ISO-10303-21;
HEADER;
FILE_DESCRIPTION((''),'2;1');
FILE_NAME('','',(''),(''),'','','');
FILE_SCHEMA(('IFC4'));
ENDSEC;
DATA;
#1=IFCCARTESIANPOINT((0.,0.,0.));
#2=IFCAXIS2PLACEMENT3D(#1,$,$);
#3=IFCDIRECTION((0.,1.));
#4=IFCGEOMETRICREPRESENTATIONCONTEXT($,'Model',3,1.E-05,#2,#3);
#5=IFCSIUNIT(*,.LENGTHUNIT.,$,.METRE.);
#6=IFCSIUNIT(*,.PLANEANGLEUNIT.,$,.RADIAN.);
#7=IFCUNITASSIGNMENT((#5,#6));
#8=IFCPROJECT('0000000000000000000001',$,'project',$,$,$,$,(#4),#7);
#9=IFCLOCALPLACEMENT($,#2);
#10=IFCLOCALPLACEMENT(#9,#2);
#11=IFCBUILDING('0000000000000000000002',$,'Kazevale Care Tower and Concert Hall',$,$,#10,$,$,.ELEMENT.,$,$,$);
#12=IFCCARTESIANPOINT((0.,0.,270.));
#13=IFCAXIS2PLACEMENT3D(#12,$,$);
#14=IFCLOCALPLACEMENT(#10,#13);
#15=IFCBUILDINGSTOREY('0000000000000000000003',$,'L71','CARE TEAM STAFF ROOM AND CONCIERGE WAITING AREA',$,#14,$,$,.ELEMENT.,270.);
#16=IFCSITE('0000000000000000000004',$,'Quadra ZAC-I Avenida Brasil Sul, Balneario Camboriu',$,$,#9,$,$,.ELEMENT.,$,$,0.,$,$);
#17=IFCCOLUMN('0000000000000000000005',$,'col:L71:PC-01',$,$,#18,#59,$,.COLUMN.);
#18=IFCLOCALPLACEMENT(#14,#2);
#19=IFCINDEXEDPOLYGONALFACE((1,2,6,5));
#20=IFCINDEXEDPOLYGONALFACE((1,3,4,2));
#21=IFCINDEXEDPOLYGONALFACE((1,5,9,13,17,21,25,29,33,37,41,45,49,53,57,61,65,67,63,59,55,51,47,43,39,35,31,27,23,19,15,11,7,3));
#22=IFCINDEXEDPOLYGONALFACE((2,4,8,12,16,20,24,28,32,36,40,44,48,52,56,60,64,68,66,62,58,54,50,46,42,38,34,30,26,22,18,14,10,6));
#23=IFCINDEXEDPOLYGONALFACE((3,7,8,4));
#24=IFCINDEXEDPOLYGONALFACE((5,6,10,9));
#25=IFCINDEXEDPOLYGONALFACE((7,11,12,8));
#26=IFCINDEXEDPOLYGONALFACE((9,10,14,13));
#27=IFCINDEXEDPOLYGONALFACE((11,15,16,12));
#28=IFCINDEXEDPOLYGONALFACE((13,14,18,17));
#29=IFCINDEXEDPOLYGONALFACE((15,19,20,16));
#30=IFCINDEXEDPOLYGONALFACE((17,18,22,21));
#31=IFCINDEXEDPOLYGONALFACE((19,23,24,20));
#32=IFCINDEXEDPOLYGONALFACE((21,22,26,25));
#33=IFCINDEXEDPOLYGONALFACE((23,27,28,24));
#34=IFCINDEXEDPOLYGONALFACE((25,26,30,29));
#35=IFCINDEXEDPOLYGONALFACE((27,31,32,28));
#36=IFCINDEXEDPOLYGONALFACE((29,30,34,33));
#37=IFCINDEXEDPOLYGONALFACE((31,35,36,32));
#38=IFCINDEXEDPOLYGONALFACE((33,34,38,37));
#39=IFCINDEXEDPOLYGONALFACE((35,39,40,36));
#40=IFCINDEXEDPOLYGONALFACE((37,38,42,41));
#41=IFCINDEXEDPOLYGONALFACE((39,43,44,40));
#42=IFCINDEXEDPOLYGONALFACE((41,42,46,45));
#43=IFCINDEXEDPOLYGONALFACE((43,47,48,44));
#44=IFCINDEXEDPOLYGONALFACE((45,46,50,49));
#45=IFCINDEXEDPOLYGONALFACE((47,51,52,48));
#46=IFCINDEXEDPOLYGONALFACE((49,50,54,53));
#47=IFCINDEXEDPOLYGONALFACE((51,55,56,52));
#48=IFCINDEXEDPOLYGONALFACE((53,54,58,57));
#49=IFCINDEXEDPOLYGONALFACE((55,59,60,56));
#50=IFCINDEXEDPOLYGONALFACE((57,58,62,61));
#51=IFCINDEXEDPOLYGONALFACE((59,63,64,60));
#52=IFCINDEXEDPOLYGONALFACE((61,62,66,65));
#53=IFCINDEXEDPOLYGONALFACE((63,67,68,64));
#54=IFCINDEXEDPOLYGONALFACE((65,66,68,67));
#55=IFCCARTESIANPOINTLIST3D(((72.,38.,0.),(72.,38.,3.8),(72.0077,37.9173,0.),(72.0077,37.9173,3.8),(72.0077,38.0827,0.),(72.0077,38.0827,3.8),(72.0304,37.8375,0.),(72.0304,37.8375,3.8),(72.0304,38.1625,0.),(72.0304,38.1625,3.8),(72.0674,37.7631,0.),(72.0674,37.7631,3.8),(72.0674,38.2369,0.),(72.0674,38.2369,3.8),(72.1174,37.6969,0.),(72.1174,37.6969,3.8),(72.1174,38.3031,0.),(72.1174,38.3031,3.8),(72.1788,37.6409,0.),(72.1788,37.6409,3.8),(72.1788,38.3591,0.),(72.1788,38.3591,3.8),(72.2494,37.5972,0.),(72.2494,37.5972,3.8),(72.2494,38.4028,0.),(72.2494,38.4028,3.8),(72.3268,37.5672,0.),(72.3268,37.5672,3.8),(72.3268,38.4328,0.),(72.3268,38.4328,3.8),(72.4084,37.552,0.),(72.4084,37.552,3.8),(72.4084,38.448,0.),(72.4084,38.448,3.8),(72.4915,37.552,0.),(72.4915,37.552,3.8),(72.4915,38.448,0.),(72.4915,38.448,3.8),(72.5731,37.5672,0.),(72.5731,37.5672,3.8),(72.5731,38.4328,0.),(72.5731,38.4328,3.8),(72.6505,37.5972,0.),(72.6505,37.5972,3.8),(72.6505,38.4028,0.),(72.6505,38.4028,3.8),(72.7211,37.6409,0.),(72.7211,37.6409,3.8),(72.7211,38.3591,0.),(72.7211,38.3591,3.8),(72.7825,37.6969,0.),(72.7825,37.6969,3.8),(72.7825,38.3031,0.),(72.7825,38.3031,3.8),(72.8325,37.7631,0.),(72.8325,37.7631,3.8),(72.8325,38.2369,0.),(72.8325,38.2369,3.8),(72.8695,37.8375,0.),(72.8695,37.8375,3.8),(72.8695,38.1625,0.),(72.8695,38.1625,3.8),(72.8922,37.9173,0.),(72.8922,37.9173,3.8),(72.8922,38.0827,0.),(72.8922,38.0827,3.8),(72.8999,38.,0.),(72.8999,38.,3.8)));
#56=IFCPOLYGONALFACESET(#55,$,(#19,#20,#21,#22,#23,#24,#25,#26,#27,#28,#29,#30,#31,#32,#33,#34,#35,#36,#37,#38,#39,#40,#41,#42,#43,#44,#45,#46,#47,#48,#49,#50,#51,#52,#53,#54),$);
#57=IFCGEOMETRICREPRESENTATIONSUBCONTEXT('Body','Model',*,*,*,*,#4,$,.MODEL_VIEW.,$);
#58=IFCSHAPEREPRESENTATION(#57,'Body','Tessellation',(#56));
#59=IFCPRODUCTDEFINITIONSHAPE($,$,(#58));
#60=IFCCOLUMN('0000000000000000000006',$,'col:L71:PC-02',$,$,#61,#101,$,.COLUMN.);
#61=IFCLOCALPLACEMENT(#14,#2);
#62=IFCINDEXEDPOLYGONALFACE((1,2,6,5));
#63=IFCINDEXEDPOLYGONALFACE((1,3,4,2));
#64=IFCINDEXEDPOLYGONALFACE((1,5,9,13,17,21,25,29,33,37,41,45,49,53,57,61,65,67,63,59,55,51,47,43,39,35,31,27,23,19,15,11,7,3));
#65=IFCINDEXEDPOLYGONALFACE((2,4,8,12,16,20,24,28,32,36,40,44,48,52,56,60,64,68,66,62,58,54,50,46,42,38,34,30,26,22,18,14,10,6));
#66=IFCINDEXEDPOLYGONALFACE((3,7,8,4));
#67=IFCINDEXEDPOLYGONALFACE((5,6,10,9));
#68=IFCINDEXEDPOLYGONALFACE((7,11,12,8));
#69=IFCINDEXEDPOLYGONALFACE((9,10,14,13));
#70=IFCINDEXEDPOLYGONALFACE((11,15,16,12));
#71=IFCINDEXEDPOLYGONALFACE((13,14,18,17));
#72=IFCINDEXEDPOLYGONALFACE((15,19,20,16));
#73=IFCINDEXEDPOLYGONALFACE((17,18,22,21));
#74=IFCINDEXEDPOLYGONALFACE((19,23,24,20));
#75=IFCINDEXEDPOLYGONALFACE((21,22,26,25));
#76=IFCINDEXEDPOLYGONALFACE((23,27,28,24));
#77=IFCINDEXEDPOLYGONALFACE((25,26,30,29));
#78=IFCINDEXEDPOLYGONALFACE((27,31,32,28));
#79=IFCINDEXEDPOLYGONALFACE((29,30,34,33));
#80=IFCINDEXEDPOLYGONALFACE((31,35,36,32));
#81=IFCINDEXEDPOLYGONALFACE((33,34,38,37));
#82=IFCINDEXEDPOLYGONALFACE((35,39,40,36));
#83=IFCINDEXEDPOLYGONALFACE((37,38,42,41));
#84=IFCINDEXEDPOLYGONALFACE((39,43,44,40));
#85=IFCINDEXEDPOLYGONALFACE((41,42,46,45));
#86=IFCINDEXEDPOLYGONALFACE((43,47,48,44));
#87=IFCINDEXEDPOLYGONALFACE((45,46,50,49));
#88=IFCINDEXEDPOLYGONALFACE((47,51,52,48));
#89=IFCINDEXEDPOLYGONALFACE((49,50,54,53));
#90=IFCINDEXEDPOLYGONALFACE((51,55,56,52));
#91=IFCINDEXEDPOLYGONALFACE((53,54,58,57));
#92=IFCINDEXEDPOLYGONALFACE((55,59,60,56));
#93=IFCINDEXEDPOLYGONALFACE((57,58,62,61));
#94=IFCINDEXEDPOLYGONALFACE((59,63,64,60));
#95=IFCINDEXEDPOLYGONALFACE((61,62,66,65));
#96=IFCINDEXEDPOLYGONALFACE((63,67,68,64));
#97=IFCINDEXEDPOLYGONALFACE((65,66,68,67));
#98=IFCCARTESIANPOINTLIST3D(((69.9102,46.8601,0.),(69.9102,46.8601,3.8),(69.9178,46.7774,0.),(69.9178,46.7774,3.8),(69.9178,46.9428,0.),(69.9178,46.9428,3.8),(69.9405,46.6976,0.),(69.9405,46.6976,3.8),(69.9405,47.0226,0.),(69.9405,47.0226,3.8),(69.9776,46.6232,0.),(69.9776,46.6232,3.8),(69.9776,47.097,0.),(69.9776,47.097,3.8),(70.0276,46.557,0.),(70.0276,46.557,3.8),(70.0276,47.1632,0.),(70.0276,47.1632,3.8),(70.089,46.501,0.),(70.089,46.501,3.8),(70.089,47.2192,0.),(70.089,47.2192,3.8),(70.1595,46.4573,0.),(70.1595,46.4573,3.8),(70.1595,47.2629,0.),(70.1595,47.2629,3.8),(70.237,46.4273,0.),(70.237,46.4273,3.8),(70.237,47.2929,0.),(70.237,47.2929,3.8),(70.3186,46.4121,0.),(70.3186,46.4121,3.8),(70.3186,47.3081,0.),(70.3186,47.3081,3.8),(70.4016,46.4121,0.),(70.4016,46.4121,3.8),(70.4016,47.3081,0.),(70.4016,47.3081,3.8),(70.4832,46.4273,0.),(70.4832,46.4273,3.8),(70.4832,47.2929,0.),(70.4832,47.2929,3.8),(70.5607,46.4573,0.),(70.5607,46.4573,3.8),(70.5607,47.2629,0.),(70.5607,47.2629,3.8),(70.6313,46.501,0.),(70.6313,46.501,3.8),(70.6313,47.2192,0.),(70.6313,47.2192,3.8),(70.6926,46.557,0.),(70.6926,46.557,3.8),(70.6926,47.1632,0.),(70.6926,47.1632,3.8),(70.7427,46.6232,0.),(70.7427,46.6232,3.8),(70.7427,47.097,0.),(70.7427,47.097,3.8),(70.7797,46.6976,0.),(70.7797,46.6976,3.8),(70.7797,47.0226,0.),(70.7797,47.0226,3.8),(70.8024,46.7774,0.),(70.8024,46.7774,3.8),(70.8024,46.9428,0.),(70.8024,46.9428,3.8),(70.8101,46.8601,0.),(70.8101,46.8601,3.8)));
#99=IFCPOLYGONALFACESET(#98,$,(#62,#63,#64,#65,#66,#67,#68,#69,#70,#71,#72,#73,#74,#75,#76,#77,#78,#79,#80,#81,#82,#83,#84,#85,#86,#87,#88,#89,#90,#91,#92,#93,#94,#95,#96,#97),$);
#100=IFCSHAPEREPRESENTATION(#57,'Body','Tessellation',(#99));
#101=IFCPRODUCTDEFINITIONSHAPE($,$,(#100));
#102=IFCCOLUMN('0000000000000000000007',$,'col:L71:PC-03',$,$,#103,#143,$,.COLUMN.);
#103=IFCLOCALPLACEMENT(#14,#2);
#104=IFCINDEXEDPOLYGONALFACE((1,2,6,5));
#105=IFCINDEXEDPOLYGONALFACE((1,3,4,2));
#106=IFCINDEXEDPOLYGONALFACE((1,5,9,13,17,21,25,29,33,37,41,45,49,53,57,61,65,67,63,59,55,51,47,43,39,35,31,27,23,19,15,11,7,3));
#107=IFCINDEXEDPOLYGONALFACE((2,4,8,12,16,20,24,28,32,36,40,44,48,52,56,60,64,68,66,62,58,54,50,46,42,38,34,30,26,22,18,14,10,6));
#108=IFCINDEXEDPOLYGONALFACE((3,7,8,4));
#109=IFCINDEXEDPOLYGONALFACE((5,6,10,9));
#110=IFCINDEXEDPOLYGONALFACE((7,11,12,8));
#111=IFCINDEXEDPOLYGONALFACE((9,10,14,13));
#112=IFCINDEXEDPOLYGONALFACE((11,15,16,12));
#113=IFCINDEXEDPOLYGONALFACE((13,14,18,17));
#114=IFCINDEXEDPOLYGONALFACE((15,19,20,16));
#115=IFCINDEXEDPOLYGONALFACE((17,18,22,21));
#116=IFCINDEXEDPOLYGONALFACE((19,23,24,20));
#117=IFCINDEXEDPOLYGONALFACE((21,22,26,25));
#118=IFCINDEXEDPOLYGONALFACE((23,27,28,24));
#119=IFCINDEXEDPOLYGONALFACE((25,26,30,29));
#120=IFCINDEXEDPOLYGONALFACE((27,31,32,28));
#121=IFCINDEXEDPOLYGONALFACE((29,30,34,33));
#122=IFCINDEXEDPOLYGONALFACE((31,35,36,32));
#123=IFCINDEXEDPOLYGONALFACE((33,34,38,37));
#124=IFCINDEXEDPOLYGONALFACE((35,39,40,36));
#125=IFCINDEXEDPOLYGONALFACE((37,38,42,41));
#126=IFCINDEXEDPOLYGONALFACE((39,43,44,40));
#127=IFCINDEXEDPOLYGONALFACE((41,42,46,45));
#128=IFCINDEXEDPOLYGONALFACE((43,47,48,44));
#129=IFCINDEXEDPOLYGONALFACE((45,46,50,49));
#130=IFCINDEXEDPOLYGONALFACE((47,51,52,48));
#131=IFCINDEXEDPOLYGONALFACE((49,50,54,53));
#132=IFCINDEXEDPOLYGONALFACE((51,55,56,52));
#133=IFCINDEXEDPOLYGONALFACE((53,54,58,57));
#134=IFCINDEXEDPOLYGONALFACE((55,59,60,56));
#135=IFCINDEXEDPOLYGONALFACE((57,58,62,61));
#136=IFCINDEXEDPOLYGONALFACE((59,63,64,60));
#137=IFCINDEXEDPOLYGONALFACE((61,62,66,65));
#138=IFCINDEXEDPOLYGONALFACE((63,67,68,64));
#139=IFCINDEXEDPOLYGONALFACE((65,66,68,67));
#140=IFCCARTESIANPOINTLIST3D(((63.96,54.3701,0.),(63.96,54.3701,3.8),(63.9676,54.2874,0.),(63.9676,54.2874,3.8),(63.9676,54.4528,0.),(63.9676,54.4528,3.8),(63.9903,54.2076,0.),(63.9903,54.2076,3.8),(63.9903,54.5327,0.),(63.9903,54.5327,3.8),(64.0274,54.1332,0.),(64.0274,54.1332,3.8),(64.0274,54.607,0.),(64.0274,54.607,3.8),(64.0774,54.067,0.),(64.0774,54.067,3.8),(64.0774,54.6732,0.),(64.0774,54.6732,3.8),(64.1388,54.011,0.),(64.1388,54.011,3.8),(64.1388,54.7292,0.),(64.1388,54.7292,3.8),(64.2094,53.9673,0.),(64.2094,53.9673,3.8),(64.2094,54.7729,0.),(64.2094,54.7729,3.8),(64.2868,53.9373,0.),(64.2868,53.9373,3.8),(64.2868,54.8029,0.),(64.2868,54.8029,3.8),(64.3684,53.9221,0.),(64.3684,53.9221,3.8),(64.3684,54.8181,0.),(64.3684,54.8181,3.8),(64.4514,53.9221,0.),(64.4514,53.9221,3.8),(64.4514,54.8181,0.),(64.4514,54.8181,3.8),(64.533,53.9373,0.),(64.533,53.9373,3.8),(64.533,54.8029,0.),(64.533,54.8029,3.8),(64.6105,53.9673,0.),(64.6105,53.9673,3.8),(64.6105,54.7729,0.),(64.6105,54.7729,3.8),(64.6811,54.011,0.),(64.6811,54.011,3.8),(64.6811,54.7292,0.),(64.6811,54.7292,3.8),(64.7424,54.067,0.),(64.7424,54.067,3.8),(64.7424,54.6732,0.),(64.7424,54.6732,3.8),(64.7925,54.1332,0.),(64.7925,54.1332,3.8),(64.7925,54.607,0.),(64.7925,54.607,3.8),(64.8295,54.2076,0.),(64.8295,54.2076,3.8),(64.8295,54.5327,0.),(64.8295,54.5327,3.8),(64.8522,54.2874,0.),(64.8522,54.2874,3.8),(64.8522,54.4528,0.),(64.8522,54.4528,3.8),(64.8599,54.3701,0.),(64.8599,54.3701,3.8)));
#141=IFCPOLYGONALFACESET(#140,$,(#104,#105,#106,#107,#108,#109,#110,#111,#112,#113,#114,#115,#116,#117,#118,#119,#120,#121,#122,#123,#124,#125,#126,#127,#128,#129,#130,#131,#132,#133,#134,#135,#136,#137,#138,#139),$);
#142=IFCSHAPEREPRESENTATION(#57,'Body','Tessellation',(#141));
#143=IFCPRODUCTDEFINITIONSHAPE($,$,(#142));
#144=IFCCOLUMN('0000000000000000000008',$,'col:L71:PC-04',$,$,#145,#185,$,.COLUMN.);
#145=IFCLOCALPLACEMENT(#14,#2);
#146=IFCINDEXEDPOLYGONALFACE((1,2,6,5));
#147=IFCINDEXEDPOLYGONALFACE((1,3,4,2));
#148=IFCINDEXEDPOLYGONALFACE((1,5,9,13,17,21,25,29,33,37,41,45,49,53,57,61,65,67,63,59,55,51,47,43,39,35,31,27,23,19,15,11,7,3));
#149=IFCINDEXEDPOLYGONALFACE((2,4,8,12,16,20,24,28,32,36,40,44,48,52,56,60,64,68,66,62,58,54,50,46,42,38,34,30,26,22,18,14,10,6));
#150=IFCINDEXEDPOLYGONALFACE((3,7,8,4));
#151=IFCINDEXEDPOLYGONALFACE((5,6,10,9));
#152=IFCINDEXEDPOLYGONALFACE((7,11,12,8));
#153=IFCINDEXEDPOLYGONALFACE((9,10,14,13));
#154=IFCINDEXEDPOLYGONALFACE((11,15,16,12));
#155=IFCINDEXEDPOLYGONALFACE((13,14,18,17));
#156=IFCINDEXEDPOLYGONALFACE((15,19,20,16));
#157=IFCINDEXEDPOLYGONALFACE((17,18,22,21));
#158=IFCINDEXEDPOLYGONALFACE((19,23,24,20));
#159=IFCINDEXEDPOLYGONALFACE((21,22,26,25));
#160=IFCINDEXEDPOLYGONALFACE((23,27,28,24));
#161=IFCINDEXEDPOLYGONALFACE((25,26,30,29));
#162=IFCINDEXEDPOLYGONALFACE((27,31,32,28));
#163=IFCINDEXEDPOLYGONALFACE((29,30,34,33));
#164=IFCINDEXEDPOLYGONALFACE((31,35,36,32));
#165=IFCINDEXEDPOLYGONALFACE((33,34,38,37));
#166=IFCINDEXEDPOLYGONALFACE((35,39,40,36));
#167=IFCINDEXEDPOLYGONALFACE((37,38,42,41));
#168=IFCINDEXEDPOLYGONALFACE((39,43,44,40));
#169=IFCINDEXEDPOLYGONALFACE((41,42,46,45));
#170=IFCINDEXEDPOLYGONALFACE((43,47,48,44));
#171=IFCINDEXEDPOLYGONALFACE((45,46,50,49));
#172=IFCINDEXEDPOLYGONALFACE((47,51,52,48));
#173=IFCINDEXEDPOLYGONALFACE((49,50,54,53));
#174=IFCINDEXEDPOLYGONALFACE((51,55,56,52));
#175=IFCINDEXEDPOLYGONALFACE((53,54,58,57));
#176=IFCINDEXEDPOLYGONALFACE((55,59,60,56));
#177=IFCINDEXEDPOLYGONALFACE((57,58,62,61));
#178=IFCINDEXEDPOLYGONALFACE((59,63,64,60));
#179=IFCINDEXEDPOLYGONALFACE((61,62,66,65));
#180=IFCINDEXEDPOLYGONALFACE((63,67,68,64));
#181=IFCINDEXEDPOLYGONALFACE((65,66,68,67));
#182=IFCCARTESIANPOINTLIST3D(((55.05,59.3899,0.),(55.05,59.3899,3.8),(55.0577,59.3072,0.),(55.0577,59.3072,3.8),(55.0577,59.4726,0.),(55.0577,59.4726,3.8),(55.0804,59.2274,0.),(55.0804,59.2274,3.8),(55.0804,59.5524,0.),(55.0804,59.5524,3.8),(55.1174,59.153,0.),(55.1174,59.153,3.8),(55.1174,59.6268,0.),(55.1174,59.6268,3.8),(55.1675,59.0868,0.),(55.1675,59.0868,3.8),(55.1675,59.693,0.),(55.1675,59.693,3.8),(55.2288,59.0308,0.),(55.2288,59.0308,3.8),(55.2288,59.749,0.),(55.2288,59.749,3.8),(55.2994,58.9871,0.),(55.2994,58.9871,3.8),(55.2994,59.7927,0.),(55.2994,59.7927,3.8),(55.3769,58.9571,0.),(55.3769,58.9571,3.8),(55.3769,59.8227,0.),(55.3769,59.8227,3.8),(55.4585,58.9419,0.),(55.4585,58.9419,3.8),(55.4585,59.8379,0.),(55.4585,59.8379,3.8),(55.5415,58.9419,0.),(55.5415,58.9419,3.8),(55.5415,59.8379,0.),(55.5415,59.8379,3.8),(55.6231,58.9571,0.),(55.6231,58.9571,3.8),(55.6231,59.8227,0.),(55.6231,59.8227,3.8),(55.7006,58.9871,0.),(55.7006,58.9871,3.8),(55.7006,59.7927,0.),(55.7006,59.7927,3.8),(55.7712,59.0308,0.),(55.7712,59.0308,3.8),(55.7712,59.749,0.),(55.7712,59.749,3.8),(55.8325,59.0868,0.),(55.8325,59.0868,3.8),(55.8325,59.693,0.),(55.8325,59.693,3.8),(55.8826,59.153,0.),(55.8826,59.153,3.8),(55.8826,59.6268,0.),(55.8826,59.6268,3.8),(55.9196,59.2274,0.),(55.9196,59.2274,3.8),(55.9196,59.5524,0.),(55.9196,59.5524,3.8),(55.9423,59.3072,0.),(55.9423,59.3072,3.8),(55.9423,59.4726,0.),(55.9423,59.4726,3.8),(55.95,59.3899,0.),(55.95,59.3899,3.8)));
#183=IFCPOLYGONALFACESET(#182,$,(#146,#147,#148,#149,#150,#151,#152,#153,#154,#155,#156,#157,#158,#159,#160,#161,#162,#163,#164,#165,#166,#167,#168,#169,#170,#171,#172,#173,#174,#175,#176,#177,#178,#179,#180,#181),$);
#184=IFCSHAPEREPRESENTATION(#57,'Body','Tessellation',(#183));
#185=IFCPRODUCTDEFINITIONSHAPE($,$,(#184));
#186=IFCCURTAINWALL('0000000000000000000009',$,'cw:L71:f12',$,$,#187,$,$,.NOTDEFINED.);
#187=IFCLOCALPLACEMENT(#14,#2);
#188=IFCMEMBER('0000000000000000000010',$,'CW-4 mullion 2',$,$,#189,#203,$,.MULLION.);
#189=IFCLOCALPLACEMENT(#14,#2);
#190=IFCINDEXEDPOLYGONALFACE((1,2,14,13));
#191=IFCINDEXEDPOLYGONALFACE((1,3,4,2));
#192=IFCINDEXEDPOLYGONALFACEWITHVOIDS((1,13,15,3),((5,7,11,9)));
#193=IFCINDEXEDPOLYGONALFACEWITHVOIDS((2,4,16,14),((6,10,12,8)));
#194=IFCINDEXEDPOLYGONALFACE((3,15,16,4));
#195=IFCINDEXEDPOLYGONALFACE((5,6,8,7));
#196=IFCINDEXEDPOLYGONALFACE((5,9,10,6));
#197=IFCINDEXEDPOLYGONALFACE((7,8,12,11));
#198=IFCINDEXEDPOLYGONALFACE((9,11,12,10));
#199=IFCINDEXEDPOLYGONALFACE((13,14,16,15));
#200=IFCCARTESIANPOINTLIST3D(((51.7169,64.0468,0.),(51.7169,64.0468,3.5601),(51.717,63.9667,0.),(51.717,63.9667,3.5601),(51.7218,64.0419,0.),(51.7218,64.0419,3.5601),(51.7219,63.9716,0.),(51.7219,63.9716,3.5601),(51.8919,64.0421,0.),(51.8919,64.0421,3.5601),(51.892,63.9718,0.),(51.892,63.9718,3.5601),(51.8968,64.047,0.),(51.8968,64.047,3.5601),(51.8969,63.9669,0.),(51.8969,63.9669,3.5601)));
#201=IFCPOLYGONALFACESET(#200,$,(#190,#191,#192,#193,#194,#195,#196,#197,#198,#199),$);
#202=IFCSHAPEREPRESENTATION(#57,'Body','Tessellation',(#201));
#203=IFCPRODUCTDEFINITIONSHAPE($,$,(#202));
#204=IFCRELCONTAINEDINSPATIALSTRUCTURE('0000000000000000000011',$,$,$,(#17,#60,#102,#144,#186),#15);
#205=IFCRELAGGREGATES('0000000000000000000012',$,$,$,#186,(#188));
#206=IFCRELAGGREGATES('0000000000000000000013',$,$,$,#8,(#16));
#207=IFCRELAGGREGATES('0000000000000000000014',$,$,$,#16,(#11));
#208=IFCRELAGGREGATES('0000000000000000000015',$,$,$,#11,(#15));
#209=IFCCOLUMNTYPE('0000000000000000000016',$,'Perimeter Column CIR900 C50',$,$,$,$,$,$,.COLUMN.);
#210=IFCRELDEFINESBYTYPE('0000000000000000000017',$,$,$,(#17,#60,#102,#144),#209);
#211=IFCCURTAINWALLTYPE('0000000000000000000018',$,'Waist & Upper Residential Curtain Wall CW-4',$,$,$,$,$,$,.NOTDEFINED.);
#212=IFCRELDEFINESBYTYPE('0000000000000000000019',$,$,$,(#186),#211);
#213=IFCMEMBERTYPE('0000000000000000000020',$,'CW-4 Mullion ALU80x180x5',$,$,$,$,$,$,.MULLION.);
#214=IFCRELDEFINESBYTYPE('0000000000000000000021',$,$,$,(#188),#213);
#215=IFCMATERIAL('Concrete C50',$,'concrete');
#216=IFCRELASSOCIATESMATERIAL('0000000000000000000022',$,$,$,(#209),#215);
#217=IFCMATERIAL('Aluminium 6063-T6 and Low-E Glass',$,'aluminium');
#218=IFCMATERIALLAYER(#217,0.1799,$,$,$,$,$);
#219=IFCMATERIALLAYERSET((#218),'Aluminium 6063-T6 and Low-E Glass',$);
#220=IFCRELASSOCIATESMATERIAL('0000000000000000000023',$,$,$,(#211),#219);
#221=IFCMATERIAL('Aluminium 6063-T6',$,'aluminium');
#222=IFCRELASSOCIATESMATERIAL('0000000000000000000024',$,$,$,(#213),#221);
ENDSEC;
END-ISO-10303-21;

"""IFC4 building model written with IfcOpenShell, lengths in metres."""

from ifc_helpers import new_model, si_unit, direction, frame, origin, origin_2d, place, context, subcontext, project, spatial, hollow_rectangle, circle, extrude, material, layer, layer_set, material_profile, profile_set, type_object, element, aggregate, save


model = new_model("IFC4")

# Units and contexts
model_context = context("Model", 3, precision=1e-05, world=origin(), true_north=direction((0.0, 1.0)))
body_context = subcontext(model_context, "Body", "Model", "MODEL_VIEW")
ifc_project = project(units=[si_unit("LENGTHUNIT", "METRE"), si_unit("PLANEANGLEUNIT", "RADIAN")], contexts=[model_context])

# Site, building, storey
site_placement = place(None, origin())
site = spatial("IfcSite", under=ifc_project, at=site_placement, Name="Quadra ZAC-I Avenida Brasil Sul, Balneario Camboriu", CompositionType="ELEMENT", RefElevation=0.0)
building_placement = place(site_placement, origin())
building = spatial("IfcBuilding", under=site, at=building_placement, Name="Kazevale Care Tower and Concert Hall", CompositionType="ELEMENT")
storey_placement = place(building_placement, frame((0.0, 0.0, 270.0)))
storey = spatial("IfcBuildingStorey", under=building, at=storey_placement, Name="L71", Description="CARE TEAM STAFF ROOM AND CONCIERGE WAITING AREA", CompositionType="ELEMENT", Elevation=270.0)

# Columns
ifc_material_1 = material(Name="Concrete C50", Category="concrete")
ifc_material_profile_1 = material_profile(ifc_material_1, circle(Radius=0.45, at=origin_2d()), Name="RC-CIR900")
ifc_profile_set_1 = profile_set([ifc_material_profile_1], Name="Concrete C50")
column_type = type_object("IfcColumnType", Name="Perimeter Column CIR900 C50", PredefinedType="COLUMN", material=ifc_profile_set_1)
for number, where, z_axis, x_axis, name in (
    (1, (72.45, 38.0, 0.0), (0.0, 0.0, 1.0), (1.0, 0.0, 0.0), "col:L71:PC-01"),
    (2, (70.3601, 46.8601, 0.0), (0.0, 0.0, 1.0), (1.0, 0.0, 0.0), "col:L71:PC-02"),
    (3, (64.4099, 54.3701, 0.0), (0.0, 0.0, 1.0), (1.0, 0.0, 0.0), "col:L71:PC-03"),
    (4, (55.5, 59.3899, 0.0), (0.0, 0.0, 1.0), (1.0, 0.0, 0.0), "col:L71:PC-04"),
):
    element("IfcColumn", number, at=place(storey_placement, frame(where, z_axis=z_axis, x_axis=x_axis)), inside=storey, type_object=column_type, Name=name, PredefinedType="COLUMN", context=body_context, shape_type="SweptSolid", body=[
        extrude(circle(Radius=0.45, at=origin_2d()), origin(), (0.0, 0.0, 1.0), 3.8),
    ])

# Curtain wall, member
ifc_material_2 = material(Name="Aluminium 6063-T6 and Low-E Glass", Category="aluminium")
ifc_layer_1 = layer(ifc_material_2, 0.1799)
ifc_layer_set_1 = layer_set([ifc_layer_1], Name="Aluminium 6063-T6 and Low-E Glass")
curtain_wall_type = type_object("IfcCurtainWallType", Name="Waist & Upper Residential Curtain Wall CW-4", PredefinedType="NOTDEFINED", material=ifc_layer_set_1)
curtain_wall_1_placement = place(storey_placement, origin())
curtain_wall_1 = element("IfcCurtainWall", 5, at=curtain_wall_1_placement, inside=storey, type_object=curtain_wall_type, Name="cw:L71:f12", PredefinedType="NOTDEFINED")
ifc_material_3 = material(Name="Aluminium 6063-T6", Category="aluminium")
ifc_material_profile_2 = material_profile(ifc_material_3, hollow_rectangle(XDim=0.0801, YDim=0.1799, WallThickness=0.0049, at=origin_2d()), Name="ALU80x180x5")
ifc_profile_set_2 = profile_set([ifc_material_profile_2], Name="Aluminium 6063-T6")
member_type_1 = type_object("IfcMemberType", Name="CW-4 Mullion ALU80x180x5", PredefinedType="MULLION", material=ifc_profile_set_2)
member_1_placement = place(storey_placement, frame((51.8069, 64.0068, 0.0), z_axis=(0.0, 0.0, 1.0), x_axis=(-0.001378, 0.999999, 0.0)))
member_1 = element("IfcMember", 6, at=member_1_placement, type_object=member_type_1, Name="CW-4 mullion 2", PredefinedType="MULLION", context=body_context, shape_type="SweptSolid", body=[
    extrude(hollow_rectangle(XDim=0.0801, YDim=0.1799, WallThickness=0.0049, at=origin_2d()), origin(), (0.0, 0.0, 1.0), 3.5601),
])
aggregate(curtain_wall_1, [member_1])

save(model, "model.ifc")
